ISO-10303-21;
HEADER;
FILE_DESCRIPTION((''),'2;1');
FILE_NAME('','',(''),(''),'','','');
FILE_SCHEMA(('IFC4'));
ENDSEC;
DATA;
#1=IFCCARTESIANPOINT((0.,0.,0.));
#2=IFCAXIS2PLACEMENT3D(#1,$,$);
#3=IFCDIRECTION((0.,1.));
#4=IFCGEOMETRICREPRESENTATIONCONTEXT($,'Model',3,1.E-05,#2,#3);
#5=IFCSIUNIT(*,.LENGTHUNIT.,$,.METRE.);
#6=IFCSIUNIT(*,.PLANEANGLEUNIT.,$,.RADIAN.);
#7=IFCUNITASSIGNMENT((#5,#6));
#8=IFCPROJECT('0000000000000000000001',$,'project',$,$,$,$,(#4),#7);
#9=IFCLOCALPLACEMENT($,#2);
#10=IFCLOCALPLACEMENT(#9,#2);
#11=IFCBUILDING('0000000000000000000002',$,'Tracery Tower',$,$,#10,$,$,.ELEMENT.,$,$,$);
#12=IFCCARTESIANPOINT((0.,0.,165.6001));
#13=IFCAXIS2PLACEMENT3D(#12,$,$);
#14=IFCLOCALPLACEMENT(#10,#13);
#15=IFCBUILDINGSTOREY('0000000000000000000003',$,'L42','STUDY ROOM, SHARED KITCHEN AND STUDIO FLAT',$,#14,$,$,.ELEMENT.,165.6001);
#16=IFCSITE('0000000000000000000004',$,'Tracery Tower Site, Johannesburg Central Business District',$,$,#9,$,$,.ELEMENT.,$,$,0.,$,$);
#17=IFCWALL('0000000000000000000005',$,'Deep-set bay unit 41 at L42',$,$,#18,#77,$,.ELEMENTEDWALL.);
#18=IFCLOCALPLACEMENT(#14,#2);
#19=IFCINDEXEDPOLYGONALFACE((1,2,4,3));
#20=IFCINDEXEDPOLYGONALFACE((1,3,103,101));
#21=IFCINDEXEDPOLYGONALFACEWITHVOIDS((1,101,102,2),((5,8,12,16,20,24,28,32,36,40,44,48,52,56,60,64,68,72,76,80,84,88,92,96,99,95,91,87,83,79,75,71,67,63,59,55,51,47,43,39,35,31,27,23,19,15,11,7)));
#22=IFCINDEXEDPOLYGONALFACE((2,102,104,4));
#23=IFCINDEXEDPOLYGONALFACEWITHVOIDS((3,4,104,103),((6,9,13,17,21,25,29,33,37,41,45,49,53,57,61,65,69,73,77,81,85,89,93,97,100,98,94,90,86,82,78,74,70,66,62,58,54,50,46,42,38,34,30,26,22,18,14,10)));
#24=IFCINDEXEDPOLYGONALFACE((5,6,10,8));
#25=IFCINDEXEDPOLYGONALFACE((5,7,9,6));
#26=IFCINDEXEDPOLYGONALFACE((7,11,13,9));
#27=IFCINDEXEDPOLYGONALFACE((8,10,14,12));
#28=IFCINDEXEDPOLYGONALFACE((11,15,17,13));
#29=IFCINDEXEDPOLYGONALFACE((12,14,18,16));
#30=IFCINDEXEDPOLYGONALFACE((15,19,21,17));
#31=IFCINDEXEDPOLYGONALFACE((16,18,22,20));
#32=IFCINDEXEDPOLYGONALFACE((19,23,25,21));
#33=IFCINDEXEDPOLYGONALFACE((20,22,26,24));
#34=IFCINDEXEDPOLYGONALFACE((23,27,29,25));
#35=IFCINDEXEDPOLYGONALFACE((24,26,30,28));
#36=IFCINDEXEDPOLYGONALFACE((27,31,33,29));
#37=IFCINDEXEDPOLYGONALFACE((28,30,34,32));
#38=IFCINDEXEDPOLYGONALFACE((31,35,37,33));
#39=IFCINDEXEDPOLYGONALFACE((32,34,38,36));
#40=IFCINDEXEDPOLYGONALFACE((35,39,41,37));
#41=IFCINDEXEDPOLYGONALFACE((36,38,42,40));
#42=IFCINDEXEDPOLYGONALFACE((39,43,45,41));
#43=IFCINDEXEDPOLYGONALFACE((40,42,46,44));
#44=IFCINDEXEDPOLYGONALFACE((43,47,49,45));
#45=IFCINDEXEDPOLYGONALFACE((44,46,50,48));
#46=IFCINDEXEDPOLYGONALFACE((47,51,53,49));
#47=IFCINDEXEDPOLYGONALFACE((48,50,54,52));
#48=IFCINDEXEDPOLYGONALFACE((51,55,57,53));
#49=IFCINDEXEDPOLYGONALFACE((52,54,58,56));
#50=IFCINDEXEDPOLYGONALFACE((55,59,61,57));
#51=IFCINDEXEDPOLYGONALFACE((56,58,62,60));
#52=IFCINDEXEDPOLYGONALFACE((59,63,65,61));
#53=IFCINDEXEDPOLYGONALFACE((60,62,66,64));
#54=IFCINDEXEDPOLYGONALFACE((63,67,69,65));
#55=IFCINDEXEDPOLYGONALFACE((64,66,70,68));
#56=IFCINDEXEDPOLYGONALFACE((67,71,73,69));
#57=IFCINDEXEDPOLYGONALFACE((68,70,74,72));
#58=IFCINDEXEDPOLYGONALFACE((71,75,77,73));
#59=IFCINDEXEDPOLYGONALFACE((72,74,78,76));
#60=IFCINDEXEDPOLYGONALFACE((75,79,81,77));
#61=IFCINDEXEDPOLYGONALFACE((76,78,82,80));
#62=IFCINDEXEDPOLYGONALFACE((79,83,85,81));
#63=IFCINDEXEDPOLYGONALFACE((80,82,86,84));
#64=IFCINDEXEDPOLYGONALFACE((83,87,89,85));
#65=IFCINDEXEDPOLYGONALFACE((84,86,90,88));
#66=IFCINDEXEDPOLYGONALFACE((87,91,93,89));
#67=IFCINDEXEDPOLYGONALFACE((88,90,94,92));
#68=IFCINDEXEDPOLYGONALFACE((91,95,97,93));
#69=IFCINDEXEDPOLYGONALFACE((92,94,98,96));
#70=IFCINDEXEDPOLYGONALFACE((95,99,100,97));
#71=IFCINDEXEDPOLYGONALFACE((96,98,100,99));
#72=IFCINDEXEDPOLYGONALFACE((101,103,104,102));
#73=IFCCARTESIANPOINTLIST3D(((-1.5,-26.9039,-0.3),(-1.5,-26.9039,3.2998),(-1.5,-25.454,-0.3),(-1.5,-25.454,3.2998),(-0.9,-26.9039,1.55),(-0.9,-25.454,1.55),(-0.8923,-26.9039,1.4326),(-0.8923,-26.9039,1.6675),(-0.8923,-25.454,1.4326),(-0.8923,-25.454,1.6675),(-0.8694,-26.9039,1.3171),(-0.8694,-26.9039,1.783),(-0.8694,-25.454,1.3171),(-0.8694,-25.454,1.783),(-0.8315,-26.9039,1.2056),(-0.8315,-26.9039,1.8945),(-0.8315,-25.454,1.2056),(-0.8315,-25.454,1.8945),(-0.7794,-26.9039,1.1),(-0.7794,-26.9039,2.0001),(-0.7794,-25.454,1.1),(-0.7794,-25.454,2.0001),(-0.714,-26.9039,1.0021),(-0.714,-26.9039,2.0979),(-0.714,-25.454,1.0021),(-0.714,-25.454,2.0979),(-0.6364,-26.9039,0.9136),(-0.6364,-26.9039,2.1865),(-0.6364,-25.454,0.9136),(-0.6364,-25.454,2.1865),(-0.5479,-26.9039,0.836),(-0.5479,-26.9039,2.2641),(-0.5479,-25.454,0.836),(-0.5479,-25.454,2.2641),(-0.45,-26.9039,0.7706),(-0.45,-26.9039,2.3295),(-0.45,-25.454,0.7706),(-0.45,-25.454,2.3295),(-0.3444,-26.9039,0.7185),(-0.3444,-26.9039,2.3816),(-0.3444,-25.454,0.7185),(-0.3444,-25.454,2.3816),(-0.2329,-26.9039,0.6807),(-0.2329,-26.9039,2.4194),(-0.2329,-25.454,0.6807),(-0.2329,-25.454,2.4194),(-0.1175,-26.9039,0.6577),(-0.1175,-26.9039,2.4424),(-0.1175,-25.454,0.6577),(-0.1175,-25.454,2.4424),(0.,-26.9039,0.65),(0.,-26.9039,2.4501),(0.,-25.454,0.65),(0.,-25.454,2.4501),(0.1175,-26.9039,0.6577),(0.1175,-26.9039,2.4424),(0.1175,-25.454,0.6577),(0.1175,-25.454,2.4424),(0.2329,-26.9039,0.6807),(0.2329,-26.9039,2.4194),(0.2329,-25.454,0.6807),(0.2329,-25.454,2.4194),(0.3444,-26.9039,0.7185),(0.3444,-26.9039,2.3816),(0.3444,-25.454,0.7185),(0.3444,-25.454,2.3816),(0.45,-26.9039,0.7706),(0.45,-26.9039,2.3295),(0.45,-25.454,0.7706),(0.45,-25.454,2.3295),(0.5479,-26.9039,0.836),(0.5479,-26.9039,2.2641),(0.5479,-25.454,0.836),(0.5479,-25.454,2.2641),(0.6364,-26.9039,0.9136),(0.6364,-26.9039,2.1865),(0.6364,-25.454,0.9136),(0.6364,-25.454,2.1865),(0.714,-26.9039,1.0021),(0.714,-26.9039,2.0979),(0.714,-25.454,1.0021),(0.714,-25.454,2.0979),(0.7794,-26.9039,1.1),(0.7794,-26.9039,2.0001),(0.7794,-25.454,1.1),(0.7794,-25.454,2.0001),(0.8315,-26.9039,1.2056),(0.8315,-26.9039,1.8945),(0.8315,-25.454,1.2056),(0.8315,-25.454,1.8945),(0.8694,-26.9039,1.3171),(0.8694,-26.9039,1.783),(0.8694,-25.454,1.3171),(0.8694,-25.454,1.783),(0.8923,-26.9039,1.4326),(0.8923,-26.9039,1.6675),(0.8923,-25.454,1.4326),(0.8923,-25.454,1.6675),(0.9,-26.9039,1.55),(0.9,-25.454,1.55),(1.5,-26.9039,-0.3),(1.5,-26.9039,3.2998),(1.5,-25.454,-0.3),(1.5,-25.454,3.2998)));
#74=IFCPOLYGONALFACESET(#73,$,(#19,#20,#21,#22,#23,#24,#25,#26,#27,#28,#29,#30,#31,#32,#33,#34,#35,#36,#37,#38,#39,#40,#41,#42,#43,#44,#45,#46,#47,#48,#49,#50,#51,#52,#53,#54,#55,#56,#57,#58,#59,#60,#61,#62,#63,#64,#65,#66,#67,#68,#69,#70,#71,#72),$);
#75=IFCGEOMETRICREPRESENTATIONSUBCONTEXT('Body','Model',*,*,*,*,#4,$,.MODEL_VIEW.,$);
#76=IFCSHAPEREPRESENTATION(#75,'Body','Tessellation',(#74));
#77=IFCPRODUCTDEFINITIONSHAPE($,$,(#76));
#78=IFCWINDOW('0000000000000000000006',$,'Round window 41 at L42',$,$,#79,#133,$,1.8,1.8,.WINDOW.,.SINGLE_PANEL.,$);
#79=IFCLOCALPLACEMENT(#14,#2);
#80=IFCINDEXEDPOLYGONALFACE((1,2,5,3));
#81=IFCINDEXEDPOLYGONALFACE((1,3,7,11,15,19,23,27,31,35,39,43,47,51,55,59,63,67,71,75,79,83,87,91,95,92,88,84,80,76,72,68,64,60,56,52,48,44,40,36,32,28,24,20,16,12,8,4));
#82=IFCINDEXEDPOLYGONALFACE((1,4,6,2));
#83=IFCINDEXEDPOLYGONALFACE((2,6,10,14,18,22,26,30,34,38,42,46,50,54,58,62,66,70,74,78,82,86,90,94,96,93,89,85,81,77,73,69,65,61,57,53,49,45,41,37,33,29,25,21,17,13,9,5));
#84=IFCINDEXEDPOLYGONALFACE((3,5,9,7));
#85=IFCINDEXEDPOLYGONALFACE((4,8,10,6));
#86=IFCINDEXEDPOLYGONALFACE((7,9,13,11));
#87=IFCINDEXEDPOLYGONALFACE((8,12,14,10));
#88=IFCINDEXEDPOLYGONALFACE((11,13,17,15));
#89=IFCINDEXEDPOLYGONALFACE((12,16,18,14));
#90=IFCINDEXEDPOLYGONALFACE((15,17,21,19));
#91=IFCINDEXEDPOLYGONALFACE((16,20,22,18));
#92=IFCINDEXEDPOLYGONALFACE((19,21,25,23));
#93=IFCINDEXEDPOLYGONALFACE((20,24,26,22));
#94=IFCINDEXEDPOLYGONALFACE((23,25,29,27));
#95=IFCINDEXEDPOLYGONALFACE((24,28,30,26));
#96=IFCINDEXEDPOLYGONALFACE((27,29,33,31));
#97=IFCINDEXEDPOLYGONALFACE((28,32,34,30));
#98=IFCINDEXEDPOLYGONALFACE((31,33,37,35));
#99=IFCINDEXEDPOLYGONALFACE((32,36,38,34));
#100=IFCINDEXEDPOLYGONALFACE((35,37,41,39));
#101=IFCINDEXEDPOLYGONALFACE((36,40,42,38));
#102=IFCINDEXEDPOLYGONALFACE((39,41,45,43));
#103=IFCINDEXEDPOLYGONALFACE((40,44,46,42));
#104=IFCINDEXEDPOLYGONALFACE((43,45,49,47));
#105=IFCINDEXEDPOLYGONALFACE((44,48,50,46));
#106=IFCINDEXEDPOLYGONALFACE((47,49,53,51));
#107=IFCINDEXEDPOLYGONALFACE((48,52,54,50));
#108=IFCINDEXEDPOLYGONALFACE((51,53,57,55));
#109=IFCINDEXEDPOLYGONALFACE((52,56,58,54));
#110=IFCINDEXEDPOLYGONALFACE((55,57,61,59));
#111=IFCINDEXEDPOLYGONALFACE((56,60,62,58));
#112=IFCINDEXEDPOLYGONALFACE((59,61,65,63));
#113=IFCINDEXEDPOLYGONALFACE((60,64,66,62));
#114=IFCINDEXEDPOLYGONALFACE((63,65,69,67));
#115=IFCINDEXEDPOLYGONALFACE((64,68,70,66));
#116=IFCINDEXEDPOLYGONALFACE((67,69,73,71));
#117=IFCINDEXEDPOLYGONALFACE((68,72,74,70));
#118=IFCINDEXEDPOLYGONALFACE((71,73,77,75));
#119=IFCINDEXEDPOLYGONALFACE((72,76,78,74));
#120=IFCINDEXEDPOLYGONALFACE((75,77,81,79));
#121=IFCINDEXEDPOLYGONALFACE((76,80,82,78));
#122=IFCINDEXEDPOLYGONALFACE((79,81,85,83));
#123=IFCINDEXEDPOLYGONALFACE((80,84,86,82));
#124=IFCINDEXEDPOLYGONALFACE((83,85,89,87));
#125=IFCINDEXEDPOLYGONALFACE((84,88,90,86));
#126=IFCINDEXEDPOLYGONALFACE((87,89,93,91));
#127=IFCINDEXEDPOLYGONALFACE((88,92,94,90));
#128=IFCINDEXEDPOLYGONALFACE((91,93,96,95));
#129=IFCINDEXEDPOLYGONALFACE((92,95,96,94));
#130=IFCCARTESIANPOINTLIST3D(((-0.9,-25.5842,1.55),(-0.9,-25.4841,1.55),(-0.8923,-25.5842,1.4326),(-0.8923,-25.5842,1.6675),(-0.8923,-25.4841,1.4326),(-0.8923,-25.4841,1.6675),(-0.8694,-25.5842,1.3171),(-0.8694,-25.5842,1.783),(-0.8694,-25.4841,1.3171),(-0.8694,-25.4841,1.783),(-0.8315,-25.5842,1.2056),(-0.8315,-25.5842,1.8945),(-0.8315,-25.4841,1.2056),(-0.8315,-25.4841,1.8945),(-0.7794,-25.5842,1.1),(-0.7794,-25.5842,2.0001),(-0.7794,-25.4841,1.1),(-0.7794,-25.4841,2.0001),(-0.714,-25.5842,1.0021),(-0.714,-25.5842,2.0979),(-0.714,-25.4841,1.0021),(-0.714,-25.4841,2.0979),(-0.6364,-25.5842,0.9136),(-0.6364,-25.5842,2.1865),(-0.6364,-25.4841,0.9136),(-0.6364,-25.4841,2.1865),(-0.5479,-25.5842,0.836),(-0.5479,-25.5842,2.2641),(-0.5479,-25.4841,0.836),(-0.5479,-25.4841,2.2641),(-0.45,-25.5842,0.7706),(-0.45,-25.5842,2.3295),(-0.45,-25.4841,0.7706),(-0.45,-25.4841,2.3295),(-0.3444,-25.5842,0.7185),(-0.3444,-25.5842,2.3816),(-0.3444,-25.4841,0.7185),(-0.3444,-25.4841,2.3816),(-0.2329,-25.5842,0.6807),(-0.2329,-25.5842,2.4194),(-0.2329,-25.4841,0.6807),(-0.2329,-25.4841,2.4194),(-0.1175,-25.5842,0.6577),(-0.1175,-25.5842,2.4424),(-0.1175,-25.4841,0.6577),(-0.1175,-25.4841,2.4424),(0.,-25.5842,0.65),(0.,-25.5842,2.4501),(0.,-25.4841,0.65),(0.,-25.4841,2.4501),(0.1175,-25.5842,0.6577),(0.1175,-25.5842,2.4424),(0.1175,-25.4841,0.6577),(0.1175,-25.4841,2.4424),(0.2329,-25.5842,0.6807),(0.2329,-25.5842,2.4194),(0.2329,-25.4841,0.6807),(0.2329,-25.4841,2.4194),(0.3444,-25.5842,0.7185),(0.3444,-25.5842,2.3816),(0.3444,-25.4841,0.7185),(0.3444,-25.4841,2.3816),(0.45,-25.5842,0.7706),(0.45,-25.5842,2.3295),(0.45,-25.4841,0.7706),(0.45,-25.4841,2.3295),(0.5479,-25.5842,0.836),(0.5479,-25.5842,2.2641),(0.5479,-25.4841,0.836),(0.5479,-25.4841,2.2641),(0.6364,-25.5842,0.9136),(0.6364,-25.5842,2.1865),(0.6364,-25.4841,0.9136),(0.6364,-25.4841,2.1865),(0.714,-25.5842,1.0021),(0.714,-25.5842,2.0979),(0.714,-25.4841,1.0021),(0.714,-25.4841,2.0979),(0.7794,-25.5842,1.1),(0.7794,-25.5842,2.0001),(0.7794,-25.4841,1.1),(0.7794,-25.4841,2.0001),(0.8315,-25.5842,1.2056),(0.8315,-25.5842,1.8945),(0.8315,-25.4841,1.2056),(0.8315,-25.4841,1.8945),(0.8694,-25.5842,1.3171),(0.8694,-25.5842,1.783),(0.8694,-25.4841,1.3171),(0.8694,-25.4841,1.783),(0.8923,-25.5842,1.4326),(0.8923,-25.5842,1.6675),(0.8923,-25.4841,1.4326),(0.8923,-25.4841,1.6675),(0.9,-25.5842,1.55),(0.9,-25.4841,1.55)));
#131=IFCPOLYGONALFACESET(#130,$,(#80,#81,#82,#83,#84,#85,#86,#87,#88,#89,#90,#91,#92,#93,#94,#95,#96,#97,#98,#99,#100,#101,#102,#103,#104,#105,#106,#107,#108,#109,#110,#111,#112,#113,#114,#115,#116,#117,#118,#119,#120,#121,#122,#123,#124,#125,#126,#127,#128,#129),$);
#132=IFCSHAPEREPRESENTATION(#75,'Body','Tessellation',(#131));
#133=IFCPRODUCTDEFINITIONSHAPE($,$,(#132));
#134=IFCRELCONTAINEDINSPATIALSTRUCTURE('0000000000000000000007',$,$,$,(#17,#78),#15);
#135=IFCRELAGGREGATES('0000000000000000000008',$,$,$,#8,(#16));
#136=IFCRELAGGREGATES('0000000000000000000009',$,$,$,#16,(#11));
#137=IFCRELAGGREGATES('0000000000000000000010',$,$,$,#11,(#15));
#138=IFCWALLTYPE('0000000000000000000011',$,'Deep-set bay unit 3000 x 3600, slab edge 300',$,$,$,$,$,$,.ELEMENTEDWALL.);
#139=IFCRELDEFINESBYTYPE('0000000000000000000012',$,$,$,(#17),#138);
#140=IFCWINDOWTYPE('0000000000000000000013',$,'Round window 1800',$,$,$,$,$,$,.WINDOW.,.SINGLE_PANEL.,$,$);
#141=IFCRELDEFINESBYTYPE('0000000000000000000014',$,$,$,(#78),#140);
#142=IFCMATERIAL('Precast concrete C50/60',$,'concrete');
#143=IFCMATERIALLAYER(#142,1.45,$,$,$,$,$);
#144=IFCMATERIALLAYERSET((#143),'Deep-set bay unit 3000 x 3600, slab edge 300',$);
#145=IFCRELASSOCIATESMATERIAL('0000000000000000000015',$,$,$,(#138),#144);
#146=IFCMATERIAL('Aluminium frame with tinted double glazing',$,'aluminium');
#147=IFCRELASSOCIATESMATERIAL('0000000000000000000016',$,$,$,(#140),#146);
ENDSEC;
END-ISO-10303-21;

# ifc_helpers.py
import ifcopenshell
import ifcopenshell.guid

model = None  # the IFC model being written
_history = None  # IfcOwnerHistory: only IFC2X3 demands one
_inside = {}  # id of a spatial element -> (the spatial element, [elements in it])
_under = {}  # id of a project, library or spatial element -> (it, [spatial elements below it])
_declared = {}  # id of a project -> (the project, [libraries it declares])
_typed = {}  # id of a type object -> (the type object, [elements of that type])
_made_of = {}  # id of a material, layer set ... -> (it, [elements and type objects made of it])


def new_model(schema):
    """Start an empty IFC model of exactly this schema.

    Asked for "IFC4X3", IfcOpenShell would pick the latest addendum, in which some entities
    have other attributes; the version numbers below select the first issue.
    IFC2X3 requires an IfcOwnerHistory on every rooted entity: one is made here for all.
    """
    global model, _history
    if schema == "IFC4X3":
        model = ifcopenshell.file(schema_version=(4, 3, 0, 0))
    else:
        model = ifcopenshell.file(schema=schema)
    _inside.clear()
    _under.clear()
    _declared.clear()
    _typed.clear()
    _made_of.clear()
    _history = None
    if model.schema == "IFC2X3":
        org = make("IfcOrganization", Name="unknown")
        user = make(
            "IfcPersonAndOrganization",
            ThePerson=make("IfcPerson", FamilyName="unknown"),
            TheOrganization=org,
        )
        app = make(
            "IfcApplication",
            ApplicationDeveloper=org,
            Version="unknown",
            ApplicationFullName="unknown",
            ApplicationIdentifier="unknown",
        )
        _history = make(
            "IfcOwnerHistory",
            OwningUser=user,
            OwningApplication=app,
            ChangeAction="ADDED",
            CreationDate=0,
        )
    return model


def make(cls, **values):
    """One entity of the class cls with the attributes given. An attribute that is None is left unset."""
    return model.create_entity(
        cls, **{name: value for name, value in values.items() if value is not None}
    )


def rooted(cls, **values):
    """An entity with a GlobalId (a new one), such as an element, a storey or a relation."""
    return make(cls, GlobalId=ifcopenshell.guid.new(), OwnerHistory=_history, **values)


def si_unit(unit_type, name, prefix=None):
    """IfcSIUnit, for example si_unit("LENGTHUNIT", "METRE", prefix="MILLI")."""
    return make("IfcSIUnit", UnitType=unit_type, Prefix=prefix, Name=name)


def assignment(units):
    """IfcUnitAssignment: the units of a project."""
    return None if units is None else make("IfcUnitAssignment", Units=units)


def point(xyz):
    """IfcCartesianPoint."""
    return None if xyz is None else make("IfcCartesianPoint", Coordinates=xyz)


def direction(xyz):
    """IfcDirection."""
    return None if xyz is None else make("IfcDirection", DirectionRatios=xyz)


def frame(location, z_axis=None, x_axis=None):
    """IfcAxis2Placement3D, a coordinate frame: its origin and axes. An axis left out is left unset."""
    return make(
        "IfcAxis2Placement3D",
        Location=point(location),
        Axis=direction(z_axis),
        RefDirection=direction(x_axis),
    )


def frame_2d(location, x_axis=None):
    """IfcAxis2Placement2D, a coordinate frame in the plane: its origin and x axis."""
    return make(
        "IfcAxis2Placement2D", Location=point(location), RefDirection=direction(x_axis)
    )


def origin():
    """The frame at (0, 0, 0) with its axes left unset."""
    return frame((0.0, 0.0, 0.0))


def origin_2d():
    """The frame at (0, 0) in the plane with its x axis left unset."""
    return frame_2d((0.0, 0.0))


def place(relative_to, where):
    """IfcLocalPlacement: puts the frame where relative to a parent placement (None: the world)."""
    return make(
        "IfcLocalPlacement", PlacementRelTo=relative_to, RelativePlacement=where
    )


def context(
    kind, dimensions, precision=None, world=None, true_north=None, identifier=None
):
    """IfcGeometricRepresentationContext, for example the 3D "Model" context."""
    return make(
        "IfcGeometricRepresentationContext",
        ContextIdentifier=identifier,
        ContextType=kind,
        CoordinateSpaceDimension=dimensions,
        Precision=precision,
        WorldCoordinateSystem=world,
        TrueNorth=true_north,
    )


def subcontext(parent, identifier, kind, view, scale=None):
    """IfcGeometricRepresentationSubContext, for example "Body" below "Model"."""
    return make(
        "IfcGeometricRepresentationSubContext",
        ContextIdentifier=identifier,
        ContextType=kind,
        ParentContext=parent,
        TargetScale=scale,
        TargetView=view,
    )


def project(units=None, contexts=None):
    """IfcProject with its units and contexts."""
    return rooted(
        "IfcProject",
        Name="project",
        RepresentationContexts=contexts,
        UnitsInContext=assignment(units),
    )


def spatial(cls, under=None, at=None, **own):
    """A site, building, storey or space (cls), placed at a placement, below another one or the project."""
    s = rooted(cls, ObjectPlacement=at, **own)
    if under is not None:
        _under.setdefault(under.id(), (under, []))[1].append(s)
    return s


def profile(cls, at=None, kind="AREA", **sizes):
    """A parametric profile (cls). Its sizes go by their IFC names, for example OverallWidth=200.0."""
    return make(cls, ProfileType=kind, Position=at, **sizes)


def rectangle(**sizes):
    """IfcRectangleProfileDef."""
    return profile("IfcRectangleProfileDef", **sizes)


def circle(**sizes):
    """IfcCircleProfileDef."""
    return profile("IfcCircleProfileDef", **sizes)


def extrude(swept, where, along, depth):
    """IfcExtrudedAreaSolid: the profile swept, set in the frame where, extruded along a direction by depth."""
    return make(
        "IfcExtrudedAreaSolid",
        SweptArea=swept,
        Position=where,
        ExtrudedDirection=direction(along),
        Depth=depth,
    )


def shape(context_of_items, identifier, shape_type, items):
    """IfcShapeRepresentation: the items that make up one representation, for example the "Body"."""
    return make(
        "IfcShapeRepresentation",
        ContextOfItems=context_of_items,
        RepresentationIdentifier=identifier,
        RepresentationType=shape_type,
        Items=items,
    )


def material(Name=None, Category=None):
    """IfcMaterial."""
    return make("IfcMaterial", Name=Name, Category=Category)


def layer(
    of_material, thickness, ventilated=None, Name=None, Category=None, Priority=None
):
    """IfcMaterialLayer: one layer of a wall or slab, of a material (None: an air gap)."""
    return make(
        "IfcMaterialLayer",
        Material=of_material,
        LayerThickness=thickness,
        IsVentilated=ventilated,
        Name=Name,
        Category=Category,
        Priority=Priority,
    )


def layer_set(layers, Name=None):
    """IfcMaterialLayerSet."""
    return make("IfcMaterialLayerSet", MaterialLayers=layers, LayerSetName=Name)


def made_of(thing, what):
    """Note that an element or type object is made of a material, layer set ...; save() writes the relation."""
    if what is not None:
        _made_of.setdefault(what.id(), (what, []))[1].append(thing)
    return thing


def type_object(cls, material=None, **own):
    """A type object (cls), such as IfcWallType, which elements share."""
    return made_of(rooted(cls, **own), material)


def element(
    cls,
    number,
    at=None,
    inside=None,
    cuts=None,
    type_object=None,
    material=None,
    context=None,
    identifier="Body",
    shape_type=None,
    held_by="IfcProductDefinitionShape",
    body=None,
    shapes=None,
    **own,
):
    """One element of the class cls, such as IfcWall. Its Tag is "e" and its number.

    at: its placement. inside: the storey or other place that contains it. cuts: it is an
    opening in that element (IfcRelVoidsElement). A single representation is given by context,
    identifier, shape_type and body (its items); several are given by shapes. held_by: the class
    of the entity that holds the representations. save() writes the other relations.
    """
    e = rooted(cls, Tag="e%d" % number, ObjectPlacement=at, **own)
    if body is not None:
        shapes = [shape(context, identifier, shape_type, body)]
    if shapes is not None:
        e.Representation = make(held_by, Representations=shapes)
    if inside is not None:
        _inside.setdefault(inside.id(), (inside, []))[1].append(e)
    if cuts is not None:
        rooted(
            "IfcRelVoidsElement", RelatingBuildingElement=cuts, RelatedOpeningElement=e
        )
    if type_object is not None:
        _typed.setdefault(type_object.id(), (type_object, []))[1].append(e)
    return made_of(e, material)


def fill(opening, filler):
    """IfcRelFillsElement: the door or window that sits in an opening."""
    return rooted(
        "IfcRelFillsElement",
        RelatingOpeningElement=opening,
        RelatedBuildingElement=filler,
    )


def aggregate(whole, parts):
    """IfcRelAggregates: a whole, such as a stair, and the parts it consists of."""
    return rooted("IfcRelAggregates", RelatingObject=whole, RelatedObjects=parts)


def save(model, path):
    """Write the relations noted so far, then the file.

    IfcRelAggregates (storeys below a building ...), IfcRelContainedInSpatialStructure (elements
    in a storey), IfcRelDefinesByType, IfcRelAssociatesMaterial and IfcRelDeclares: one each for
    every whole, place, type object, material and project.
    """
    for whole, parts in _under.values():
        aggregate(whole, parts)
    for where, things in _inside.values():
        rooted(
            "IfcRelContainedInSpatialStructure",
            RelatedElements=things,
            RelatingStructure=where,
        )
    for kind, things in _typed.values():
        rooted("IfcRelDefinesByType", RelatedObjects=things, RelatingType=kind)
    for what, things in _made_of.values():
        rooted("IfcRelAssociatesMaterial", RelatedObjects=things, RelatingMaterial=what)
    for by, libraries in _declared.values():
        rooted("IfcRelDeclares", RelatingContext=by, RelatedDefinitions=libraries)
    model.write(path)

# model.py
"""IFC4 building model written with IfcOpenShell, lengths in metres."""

from ifc_helpers import new_model, si_unit, direction, frame, frame_2d, origin, origin_2d, place, context, subcontext, project, spatial, rectangle, circle, extrude, material, layer, layer_set, type_object, element, fill, save


model = new_model("IFC4")

# Units and contexts
model_context = context("Model", 3, precision=1e-05, world=origin(), true_north=direction((0.0, 1.0)))
body_context = subcontext(model_context, "Body", "Model", "MODEL_VIEW")
ifc_project = project(units=[si_unit("LENGTHUNIT", "METRE"), si_unit("PLANEANGLEUNIT", "RADIAN")], contexts=[model_context])

# Site, building, storey
site_placement = place(None, origin())
site = spatial("IfcSite", under=ifc_project, at=site_placement, Name="Tracery Tower Site, Johannesburg Central Business District", CompositionType="ELEMENT", RefElevation=0.0)
building_placement = place(site_placement, origin())
building = spatial("IfcBuilding", under=site, at=building_placement, Name="Tracery Tower", CompositionType="ELEMENT")
storey_placement = place(building_placement, frame((0.0, 0.0, 165.6001)))
storey = spatial("IfcBuildingStorey", under=building, at=storey_placement, Name="L42", Description="STUDY ROOM, SHARED KITCHEN AND STUDIO FLAT", CompositionType="ELEMENT", Elevation=165.6001)

# Wall, opening, window
ifc_material_1 = material(Name="Precast concrete C50/60", Category="concrete")
ifc_layer_1 = layer(ifc_material_1, 1.45)
ifc_layer_set_1 = layer_set([ifc_layer_1], Name="Deep-set bay unit 3000 x 3600, slab edge 300")
wall_type_1 = type_object("IfcWallType", Name="Deep-set bay unit 3000 x 3600, slab edge 300", PredefinedType="ELEMENTEDWALL", material=ifc_layer_set_1)
ifc_material_2 = material(Name="Aluminium frame with tinted double glazing", Category="aluminium")
window_type = type_object("IfcWindowType", Name="Round window 1800", PartitioningType="SINGLE_PANEL", PredefinedType="WINDOW", material=ifc_material_2)
wall_1_placement = place(storey_placement, frame((-1.5, -26.179, -0.3), z_axis=(0.0, 0.0, 1.0), x_axis=(1.0, 0.0, 0.0)))
wall_1 = element("IfcWall", 1, at=wall_1_placement, inside=storey, type_object=wall_type_1, Name="Deep-set bay unit 41 at L42", PredefinedType="ELEMENTEDWALL", context=body_context, shape_type="SweptSolid", body=[
    extrude(rectangle(XDim=3.0, YDim=1.45, at=frame_2d((1.5, 0.0))), origin(), (0.0, 0.0, 1.0), 3.5999),
])
opening_1_placement = place(wall_1_placement, frame((1.5, 0.0, 1.8501)))
opening_1 = element("IfcOpeningElement", 2, at=opening_1_placement, cuts=wall_1, PredefinedType="OPENING", context=body_context, shape_type="SweptSolid", body=[
    extrude(circle(Radius=0.9, at=origin_2d()), frame((0.0, 0.7349, 0.0), z_axis=(0.0, -1.0, 0.0), x_axis=(1.0, 0.0, 0.0)), (0.0, 0.0, 1.0), 1.47),
])
window_1_placement = place(opening_1_placement, origin())
window_1 = element("IfcWindow", 3, at=window_1_placement, inside=storey, type_object=window_type, Name="Round window 41 at L42", OverallHeight=1.8, OverallWidth=1.8, PartitioningType="SINGLE_PANEL", PredefinedType="WINDOW", context=body_context, shape_type="SweptSolid", body=[
    extrude(circle(Radius=0.9, at=origin_2d()), frame((0.0, 0.6948, 0.0), z_axis=(0.0, -1.0, 0.0), x_axis=(1.0, 0.0, 0.0)), (0.0, 0.0, 1.0), 0.1001),
])
fill(opening_1, window_1)

save(model, "model.ifc")
